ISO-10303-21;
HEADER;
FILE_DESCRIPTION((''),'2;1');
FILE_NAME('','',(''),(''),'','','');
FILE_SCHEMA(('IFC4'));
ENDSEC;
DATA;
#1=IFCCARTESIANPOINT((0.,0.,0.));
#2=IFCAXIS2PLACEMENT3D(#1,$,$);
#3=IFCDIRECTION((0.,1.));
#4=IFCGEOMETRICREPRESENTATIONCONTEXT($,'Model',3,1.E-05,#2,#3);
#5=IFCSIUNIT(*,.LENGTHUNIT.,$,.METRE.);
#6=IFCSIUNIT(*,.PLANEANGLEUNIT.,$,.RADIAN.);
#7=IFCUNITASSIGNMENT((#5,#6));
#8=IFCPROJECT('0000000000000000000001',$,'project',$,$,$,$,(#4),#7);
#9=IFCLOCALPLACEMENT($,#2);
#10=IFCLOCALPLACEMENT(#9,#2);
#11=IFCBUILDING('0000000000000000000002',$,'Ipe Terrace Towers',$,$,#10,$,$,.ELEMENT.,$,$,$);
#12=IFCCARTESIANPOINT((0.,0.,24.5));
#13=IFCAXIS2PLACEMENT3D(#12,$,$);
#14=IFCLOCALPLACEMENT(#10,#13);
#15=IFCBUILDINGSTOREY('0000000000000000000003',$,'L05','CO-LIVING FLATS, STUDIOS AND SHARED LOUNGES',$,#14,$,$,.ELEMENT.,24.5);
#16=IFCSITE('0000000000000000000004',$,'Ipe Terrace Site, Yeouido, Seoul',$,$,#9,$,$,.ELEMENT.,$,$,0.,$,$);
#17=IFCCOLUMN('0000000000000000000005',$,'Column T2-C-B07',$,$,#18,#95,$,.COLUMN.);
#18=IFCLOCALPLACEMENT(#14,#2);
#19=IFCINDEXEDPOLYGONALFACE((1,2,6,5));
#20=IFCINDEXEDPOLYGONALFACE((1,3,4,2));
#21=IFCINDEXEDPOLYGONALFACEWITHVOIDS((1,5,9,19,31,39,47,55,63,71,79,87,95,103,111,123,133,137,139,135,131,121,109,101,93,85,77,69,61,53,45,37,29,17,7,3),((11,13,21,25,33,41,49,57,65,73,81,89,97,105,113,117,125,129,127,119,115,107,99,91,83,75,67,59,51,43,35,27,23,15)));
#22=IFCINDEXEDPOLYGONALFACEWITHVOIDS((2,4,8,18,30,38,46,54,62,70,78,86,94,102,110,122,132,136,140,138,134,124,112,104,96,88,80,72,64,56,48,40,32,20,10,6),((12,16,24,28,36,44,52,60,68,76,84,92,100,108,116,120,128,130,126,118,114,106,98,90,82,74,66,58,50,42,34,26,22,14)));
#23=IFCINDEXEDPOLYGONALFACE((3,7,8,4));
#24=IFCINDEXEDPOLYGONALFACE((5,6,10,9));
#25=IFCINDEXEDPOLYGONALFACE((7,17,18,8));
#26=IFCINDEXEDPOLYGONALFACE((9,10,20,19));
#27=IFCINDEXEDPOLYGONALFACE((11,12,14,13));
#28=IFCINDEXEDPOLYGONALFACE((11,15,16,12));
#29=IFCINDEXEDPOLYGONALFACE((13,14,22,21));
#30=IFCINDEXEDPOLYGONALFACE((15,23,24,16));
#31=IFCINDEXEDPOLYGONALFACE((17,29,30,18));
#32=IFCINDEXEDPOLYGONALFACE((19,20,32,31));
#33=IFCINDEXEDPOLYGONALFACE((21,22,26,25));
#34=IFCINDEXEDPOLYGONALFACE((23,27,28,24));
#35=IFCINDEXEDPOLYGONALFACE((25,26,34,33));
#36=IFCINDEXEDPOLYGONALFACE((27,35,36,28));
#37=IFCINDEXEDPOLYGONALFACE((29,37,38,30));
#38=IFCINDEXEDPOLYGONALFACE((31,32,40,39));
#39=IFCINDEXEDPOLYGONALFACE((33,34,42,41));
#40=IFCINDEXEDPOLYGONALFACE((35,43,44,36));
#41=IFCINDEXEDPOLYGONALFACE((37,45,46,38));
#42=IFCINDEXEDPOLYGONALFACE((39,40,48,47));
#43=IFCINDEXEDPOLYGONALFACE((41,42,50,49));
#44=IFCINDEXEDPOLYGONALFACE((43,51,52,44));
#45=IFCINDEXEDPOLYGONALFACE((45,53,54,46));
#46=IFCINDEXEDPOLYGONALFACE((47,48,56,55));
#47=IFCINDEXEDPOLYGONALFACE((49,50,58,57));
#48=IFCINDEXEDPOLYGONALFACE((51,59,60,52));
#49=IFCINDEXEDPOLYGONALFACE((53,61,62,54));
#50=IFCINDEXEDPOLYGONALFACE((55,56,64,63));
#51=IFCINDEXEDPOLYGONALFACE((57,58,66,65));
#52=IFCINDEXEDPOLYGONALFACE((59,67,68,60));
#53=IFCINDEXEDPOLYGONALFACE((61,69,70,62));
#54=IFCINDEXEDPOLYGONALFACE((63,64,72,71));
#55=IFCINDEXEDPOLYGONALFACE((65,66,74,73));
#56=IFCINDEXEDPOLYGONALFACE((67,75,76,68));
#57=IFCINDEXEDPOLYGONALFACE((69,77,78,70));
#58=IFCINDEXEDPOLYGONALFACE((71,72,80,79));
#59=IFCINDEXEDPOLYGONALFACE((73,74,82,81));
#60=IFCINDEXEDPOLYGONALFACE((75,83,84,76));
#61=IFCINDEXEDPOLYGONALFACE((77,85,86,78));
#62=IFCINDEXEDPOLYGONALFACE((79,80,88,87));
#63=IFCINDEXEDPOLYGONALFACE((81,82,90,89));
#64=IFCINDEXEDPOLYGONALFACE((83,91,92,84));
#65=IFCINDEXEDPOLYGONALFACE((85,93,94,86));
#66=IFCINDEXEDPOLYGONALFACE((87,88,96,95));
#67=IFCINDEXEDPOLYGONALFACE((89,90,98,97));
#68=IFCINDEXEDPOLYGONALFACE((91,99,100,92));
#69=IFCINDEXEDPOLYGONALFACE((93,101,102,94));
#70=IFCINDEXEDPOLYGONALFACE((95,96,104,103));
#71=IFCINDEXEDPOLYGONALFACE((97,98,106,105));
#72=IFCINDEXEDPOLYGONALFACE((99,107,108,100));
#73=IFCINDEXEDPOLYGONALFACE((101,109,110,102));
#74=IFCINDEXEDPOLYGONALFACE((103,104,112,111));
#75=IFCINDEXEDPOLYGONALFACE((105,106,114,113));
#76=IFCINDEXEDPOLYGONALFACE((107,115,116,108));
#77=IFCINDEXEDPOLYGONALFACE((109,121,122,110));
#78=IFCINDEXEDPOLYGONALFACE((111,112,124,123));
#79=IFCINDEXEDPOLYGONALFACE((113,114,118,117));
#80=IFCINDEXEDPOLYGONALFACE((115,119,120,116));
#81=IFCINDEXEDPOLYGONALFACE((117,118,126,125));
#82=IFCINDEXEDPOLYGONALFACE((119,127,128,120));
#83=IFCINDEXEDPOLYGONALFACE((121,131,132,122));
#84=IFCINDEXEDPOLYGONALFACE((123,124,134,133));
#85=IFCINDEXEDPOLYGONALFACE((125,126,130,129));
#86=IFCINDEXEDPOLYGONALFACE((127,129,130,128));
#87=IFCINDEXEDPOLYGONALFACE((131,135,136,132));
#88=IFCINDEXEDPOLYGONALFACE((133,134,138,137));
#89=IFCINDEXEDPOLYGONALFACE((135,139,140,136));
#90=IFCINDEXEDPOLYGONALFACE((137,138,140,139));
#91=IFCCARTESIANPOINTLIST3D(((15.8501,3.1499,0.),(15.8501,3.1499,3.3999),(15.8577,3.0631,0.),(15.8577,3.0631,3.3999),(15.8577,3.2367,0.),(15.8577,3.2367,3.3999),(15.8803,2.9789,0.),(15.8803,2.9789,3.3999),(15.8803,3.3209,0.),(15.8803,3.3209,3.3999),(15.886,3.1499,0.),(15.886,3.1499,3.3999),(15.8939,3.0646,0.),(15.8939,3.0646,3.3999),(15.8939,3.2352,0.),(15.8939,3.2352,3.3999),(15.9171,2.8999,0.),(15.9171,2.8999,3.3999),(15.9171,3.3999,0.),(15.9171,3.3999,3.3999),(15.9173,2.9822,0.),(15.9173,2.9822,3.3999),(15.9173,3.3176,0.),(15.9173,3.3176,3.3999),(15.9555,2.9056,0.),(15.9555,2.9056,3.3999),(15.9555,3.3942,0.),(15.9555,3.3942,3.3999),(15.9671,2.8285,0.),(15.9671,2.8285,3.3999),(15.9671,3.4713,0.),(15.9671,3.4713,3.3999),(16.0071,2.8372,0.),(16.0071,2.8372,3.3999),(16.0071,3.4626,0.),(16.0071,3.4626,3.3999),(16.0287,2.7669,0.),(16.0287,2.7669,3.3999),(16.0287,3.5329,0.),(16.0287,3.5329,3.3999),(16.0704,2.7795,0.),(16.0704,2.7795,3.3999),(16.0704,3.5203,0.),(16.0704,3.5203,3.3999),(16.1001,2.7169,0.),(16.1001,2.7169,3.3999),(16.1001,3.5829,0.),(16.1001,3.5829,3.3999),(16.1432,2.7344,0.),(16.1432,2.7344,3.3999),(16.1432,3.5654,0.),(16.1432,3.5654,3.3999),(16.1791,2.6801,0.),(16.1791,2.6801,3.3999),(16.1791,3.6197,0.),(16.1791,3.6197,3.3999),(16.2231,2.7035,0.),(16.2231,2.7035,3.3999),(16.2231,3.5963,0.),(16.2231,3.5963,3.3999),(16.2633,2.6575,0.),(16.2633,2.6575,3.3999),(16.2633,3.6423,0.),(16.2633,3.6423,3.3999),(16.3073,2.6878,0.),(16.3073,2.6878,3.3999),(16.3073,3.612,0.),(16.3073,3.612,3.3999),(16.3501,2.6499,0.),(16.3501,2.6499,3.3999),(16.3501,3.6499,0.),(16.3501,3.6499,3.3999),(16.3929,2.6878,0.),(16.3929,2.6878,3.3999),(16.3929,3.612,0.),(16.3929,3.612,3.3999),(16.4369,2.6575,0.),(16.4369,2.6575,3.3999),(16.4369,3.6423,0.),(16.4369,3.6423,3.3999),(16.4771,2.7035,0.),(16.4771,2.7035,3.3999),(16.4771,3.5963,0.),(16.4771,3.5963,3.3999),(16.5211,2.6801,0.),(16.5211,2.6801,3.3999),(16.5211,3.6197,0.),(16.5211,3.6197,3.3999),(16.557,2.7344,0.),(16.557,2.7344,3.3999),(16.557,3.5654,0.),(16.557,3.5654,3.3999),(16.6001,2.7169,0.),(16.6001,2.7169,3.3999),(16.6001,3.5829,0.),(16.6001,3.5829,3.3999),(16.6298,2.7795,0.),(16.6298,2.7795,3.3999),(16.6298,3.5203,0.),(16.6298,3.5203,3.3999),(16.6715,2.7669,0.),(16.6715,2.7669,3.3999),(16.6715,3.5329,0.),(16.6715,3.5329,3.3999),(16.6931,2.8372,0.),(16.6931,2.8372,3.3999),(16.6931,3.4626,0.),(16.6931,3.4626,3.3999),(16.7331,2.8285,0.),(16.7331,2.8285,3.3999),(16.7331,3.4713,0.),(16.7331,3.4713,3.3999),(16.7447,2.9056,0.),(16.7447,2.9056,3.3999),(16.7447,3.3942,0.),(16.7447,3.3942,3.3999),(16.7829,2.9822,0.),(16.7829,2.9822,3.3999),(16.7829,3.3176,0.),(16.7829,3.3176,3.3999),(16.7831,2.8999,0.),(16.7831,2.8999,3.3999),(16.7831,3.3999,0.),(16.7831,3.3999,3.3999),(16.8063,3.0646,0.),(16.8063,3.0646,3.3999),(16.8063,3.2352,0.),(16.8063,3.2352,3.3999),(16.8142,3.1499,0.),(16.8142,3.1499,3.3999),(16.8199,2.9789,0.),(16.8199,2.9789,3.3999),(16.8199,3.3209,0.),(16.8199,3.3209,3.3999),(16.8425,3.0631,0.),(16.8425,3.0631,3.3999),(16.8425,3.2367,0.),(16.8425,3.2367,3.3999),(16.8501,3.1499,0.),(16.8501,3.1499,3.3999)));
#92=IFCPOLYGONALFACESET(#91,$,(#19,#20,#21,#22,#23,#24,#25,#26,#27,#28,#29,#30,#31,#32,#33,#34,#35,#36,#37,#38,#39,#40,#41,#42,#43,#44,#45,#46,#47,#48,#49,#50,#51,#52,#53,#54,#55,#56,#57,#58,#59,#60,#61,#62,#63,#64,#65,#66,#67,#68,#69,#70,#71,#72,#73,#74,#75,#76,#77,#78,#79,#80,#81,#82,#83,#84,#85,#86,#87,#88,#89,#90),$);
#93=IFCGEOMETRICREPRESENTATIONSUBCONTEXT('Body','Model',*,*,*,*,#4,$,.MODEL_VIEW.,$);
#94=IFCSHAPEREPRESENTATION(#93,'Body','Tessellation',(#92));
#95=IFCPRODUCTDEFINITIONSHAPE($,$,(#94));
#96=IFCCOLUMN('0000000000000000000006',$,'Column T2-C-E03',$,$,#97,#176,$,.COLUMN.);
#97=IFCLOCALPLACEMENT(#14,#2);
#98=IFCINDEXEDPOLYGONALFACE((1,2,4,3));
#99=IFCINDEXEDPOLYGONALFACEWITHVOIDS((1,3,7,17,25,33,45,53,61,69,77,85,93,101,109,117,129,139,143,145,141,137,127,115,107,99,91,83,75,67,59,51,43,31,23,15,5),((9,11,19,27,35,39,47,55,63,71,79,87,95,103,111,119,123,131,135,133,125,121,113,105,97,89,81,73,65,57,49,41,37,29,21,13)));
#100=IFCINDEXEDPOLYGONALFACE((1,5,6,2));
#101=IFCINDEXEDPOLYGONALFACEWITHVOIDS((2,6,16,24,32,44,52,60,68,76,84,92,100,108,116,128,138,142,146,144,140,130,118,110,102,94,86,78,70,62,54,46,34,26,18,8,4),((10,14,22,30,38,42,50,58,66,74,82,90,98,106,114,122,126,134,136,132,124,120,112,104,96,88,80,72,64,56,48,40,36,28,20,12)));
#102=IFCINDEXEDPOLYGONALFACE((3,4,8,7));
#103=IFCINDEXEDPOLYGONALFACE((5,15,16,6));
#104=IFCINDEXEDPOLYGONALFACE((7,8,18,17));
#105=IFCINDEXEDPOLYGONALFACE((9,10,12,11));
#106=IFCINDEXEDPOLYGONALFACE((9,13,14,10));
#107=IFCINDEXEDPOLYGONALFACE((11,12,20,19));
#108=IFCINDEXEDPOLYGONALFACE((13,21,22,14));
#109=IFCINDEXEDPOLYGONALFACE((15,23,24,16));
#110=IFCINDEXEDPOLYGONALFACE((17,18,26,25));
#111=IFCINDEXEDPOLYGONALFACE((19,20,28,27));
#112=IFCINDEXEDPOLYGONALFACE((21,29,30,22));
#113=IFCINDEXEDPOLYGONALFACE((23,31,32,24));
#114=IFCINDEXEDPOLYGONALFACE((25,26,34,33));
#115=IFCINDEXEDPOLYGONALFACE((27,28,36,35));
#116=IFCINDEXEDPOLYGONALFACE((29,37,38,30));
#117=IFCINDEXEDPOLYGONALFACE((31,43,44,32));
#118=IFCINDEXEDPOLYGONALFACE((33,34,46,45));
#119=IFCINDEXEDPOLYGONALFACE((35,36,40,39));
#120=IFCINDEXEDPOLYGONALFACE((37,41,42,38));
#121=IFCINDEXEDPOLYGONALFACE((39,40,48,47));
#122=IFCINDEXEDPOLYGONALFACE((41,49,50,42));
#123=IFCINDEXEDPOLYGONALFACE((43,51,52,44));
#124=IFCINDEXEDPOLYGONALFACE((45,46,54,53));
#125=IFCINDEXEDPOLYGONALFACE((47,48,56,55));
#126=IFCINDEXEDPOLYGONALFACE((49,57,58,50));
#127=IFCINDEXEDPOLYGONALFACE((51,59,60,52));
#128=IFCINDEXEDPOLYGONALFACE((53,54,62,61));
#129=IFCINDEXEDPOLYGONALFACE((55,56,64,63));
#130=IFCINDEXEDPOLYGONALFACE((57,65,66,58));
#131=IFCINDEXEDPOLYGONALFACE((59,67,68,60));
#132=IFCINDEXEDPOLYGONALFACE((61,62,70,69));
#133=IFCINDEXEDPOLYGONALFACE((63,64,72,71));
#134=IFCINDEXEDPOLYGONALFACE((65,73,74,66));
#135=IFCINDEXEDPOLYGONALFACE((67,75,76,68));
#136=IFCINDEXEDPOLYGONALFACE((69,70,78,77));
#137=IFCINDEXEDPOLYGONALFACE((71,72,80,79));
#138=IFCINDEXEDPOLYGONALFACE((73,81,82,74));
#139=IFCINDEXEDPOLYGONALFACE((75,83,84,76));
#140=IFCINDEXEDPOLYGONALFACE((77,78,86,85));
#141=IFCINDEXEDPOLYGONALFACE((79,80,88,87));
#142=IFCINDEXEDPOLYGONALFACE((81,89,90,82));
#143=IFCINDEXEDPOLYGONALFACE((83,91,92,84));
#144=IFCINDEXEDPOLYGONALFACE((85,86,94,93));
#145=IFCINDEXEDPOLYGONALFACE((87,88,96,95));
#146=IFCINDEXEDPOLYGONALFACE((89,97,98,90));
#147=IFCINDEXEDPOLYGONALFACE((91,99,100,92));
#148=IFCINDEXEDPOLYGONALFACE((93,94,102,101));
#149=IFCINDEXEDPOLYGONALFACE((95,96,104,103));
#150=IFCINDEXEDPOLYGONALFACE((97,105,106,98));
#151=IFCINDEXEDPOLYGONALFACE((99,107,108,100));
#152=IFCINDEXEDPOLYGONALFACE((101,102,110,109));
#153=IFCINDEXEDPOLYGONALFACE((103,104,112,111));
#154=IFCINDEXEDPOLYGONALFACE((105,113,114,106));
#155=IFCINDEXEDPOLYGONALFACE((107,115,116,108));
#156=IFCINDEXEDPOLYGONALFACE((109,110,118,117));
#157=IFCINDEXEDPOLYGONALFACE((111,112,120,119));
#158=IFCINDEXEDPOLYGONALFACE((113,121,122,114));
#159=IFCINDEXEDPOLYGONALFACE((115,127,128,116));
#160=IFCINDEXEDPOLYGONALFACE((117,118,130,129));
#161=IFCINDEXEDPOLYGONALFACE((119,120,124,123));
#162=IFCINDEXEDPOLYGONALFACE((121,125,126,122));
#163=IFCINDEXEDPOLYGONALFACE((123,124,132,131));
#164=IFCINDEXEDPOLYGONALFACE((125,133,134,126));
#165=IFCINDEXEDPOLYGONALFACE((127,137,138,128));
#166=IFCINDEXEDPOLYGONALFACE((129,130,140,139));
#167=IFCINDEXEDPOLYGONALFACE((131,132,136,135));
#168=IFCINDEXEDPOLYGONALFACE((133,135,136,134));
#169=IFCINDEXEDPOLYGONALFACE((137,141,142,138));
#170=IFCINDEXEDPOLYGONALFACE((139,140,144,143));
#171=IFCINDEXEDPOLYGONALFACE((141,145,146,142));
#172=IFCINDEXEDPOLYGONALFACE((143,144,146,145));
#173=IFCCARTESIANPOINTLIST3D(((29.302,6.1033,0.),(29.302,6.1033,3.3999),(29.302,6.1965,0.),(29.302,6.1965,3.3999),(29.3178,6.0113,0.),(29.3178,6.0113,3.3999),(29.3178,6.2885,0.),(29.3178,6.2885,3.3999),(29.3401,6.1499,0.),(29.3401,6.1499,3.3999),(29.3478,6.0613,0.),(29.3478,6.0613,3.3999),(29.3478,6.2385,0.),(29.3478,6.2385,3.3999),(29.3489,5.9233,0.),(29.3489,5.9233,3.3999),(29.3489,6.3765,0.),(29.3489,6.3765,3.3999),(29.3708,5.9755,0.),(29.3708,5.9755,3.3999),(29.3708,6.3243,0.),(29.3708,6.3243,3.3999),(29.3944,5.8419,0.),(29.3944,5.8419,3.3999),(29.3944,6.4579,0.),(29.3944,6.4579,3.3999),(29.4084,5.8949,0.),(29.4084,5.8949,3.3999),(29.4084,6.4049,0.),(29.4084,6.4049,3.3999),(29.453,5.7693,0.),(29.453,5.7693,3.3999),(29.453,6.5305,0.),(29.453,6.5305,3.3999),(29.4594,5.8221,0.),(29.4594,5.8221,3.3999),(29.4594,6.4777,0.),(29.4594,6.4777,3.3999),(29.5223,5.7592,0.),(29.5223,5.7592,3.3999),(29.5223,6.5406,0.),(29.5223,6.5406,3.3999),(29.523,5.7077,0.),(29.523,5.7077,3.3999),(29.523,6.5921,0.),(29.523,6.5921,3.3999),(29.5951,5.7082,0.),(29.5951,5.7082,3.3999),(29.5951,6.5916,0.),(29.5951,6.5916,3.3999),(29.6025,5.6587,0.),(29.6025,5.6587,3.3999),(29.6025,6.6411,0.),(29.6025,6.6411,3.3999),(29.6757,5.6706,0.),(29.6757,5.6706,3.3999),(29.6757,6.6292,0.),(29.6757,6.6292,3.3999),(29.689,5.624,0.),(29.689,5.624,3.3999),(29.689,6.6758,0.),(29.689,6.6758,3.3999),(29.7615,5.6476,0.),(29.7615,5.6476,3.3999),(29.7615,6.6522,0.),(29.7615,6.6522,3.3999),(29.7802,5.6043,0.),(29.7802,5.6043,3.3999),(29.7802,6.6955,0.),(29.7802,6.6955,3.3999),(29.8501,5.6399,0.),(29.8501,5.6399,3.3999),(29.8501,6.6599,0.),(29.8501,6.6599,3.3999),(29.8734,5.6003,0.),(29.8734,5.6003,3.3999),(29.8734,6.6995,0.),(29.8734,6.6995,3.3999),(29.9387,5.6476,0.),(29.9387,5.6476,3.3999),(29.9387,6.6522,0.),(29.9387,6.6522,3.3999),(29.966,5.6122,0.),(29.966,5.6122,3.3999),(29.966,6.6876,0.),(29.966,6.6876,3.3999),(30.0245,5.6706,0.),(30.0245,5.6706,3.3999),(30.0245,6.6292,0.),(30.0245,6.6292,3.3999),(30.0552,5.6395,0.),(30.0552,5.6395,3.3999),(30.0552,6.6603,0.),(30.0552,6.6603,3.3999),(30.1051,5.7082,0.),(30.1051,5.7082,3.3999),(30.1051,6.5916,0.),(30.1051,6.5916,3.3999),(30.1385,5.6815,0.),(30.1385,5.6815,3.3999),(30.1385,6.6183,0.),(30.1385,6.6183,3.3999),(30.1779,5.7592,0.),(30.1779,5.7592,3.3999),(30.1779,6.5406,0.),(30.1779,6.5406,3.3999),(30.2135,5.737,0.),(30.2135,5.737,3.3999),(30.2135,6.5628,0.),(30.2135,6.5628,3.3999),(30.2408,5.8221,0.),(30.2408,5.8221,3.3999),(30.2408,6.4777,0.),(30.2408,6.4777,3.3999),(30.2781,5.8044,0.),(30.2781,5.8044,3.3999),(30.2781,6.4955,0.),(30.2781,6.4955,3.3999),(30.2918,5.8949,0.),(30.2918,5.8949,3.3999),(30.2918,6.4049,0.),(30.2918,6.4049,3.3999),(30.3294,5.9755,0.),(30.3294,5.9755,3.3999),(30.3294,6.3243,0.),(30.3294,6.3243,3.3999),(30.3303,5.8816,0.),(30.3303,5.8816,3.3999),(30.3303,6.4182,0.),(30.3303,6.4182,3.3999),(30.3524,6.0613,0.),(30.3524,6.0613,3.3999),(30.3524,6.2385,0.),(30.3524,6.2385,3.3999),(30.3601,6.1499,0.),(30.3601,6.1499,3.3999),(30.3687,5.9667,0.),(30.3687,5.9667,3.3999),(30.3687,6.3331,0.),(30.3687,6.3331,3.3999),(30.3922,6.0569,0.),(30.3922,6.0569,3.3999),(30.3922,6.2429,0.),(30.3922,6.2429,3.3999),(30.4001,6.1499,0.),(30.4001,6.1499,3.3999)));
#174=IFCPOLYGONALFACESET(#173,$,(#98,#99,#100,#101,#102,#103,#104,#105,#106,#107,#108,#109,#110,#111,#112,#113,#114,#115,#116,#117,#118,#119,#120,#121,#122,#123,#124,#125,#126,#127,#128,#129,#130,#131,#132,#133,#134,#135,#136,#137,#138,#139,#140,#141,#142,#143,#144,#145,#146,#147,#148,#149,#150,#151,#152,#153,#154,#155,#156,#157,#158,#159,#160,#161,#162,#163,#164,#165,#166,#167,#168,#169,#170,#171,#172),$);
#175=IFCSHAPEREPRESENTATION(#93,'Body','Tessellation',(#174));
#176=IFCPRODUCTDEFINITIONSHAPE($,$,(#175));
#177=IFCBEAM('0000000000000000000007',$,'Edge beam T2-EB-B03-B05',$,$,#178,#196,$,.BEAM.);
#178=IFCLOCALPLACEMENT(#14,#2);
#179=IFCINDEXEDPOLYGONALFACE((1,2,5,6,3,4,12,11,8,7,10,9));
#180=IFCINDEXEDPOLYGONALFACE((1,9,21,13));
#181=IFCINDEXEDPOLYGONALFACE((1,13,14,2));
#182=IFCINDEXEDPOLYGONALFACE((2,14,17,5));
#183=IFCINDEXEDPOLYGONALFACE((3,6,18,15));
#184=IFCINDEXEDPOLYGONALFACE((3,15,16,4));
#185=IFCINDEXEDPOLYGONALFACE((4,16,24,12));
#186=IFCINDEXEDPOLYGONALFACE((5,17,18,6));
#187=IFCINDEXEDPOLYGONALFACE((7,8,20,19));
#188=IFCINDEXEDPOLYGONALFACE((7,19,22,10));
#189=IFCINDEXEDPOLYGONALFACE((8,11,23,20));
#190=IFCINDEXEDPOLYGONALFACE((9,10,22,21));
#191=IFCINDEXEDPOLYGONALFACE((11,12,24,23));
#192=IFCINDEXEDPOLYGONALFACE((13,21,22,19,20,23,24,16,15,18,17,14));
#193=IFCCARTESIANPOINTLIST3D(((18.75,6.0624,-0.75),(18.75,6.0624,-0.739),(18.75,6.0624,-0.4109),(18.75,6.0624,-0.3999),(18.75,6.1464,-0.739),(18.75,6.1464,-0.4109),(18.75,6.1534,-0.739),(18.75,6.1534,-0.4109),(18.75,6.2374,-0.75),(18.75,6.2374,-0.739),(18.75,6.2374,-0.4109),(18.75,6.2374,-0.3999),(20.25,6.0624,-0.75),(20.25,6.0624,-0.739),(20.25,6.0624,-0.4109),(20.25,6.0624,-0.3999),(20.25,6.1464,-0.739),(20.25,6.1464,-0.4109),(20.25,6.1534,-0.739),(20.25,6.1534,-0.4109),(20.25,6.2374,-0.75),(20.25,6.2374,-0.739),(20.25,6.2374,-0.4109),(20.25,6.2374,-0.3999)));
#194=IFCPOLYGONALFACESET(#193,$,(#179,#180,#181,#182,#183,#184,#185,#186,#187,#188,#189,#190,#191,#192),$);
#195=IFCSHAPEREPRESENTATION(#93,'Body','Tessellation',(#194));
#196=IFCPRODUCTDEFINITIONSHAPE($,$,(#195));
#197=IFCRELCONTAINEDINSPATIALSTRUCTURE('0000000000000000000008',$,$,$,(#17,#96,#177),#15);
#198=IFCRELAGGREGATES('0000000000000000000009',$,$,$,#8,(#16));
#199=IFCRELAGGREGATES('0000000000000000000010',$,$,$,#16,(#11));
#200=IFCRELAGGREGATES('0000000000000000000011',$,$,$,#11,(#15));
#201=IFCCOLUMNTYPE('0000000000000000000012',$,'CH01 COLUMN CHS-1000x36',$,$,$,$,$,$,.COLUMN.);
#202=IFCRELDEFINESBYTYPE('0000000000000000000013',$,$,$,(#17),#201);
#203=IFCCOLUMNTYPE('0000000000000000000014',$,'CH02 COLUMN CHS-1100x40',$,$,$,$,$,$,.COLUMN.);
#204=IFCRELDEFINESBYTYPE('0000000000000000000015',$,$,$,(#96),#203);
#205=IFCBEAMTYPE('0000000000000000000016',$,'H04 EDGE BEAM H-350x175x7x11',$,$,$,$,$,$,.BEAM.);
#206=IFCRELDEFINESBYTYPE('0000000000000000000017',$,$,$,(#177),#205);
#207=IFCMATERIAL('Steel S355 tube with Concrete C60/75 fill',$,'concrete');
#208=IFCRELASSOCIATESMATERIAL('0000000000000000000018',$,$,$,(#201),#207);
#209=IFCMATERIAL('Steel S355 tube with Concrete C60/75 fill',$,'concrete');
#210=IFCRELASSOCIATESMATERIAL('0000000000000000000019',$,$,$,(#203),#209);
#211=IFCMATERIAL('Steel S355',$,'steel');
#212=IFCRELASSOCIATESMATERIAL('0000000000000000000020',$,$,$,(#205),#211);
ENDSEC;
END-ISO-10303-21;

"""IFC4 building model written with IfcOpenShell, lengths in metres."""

from ifc_helpers import new_model, si_unit, direction, frame, origin, origin_2d, place, context, subcontext, project, spatial, hollow_circle, i_section, extrude, material, material_profile, profile_set, type_object, element, save


model = new_model("IFC4")

# Units and contexts
model_context = context("Model", 3, precision=1e-05, world=origin(), true_north=direction((0.0, 1.0)))
body_context = subcontext(model_context, "Body", "Model", "MODEL_VIEW")
ifc_project = project(units=[si_unit("LENGTHUNIT", "METRE"), si_unit("PLANEANGLEUNIT", "RADIAN")], contexts=[model_context])

# Site, building, storey
site_placement = place(None, origin())
site = spatial("IfcSite", under=ifc_project, at=site_placement, Name="Ipe Terrace Site, Yeouido, Seoul", CompositionType="ELEMENT", RefElevation=0.0)
building_placement = place(site_placement, origin())
building = spatial("IfcBuilding", under=site, at=building_placement, Name="Ipe Terrace Towers", CompositionType="ELEMENT")
storey_placement = place(building_placement, frame((0.0, 0.0, 24.5)))
storey = spatial("IfcBuildingStorey", under=building, at=storey_placement, Name="L05", Description="CO-LIVING FLATS, STUDIOS AND SHARED LOUNGES", CompositionType="ELEMENT", Elevation=24.5)

# Columns
ifc_material_1 = material(Name="Steel S355 tube with Concrete C60/75 fill", Category="concrete")
ifc_material_profile_1 = material_profile(ifc_material_1, hollow_circle(Radius=0.5, WallThickness=0.0359, at=origin_2d()), Name="CHS-1000x36")
ifc_profile_set_1 = profile_set([ifc_material_profile_1], Name="Steel S355 tube with Concrete C60/75 fill")
column_type_1 = type_object("IfcColumnType", Name="CH01 COLUMN CHS-1000x36", PredefinedType="COLUMN", material=ifc_profile_set_1)
for number, where, z_axis, x_axis, name in (
    (1, (16.3501, 3.1499, 0.0), (0.0, 0.0, 1.0), (1.0, 0.0, 0.0), "Column T2-C-B07"),
):
    element("IfcColumn", number, at=place(storey_placement, frame(where, z_axis=z_axis, x_axis=x_axis)), inside=storey, type_object=column_type_1, Name=name, PredefinedType="COLUMN", context=body_context, shape_type="SweptSolid", body=[
        extrude(hollow_circle(Radius=0.5, WallThickness=0.0359, at=origin_2d()), origin(), (0.0, 0.0, 1.0), 3.3999),
    ])
ifc_material_2 = material(Name="Steel S355 tube with Concrete C60/75 fill", Category="concrete")
ifc_material_profile_2 = material_profile(ifc_material_2, hollow_circle(Radius=0.55, WallThickness=0.04, at=origin_2d()), Name="CHS-1100x40")
ifc_profile_set_2 = profile_set([ifc_material_profile_2], Name="Steel S355 tube with Concrete C60/75 fill")
column_type_2 = type_object("IfcColumnType", Name="CH02 COLUMN CHS-1100x40", PredefinedType="COLUMN", material=ifc_profile_set_2)
column_placement = place(storey_placement, frame((29.8501, 6.1499, 0.0), z_axis=(0.0, 0.0, 1.0), x_axis=(1.0, 0.0, 0.0)))
element("IfcColumn", 2, at=column_placement, inside=storey, type_object=column_type_2, Name="Column T2-C-E03", PredefinedType="COLUMN", context=body_context, shape_type="SweptSolid", body=[
    extrude(hollow_circle(Radius=0.55, WallThickness=0.04, at=origin_2d()), origin(), (0.0, 0.0, 1.0), 3.3999),
])

# Beam
ifc_material_3 = material(Name="Steel S355", Category="steel")
ifc_material_profile_3 = material_profile(ifc_material_3, i_section(OverallWidth=0.175, OverallDepth=0.3501, WebThickness=0.0071, FlangeThickness=0.011, at=origin_2d()), Name="H-350x175x7x11")
ifc_profile_set_3 = profile_set([ifc_material_profile_3], Name="Steel S355")
beam_type_1 = type_object("IfcBeamType", Name="H04 EDGE BEAM H-350x175x7x11", PredefinedType="BEAM", material=ifc_profile_set_3)
beam_1_placement = place(storey_placement, frame((20.25, 6.1499, -0.575), z_axis=(-1.0, 0.0, 0.0), x_axis=(0.0, -1.0, 0.0)))
element("IfcBeam", 3, at=beam_1_placement, inside=storey, type_object=beam_type_1, Name="Edge beam T2-EB-B03-B05", PredefinedType="BEAM", context=body_context, shape_type="SweptSolid", body=[
    extrude(i_section(OverallWidth=0.175, OverallDepth=0.3501, WebThickness=0.0071, FlangeThickness=0.011, at=origin_2d()), origin(), (0.0, 0.0, 1.0), 1.5),
])

save(model, "model.ifc")
